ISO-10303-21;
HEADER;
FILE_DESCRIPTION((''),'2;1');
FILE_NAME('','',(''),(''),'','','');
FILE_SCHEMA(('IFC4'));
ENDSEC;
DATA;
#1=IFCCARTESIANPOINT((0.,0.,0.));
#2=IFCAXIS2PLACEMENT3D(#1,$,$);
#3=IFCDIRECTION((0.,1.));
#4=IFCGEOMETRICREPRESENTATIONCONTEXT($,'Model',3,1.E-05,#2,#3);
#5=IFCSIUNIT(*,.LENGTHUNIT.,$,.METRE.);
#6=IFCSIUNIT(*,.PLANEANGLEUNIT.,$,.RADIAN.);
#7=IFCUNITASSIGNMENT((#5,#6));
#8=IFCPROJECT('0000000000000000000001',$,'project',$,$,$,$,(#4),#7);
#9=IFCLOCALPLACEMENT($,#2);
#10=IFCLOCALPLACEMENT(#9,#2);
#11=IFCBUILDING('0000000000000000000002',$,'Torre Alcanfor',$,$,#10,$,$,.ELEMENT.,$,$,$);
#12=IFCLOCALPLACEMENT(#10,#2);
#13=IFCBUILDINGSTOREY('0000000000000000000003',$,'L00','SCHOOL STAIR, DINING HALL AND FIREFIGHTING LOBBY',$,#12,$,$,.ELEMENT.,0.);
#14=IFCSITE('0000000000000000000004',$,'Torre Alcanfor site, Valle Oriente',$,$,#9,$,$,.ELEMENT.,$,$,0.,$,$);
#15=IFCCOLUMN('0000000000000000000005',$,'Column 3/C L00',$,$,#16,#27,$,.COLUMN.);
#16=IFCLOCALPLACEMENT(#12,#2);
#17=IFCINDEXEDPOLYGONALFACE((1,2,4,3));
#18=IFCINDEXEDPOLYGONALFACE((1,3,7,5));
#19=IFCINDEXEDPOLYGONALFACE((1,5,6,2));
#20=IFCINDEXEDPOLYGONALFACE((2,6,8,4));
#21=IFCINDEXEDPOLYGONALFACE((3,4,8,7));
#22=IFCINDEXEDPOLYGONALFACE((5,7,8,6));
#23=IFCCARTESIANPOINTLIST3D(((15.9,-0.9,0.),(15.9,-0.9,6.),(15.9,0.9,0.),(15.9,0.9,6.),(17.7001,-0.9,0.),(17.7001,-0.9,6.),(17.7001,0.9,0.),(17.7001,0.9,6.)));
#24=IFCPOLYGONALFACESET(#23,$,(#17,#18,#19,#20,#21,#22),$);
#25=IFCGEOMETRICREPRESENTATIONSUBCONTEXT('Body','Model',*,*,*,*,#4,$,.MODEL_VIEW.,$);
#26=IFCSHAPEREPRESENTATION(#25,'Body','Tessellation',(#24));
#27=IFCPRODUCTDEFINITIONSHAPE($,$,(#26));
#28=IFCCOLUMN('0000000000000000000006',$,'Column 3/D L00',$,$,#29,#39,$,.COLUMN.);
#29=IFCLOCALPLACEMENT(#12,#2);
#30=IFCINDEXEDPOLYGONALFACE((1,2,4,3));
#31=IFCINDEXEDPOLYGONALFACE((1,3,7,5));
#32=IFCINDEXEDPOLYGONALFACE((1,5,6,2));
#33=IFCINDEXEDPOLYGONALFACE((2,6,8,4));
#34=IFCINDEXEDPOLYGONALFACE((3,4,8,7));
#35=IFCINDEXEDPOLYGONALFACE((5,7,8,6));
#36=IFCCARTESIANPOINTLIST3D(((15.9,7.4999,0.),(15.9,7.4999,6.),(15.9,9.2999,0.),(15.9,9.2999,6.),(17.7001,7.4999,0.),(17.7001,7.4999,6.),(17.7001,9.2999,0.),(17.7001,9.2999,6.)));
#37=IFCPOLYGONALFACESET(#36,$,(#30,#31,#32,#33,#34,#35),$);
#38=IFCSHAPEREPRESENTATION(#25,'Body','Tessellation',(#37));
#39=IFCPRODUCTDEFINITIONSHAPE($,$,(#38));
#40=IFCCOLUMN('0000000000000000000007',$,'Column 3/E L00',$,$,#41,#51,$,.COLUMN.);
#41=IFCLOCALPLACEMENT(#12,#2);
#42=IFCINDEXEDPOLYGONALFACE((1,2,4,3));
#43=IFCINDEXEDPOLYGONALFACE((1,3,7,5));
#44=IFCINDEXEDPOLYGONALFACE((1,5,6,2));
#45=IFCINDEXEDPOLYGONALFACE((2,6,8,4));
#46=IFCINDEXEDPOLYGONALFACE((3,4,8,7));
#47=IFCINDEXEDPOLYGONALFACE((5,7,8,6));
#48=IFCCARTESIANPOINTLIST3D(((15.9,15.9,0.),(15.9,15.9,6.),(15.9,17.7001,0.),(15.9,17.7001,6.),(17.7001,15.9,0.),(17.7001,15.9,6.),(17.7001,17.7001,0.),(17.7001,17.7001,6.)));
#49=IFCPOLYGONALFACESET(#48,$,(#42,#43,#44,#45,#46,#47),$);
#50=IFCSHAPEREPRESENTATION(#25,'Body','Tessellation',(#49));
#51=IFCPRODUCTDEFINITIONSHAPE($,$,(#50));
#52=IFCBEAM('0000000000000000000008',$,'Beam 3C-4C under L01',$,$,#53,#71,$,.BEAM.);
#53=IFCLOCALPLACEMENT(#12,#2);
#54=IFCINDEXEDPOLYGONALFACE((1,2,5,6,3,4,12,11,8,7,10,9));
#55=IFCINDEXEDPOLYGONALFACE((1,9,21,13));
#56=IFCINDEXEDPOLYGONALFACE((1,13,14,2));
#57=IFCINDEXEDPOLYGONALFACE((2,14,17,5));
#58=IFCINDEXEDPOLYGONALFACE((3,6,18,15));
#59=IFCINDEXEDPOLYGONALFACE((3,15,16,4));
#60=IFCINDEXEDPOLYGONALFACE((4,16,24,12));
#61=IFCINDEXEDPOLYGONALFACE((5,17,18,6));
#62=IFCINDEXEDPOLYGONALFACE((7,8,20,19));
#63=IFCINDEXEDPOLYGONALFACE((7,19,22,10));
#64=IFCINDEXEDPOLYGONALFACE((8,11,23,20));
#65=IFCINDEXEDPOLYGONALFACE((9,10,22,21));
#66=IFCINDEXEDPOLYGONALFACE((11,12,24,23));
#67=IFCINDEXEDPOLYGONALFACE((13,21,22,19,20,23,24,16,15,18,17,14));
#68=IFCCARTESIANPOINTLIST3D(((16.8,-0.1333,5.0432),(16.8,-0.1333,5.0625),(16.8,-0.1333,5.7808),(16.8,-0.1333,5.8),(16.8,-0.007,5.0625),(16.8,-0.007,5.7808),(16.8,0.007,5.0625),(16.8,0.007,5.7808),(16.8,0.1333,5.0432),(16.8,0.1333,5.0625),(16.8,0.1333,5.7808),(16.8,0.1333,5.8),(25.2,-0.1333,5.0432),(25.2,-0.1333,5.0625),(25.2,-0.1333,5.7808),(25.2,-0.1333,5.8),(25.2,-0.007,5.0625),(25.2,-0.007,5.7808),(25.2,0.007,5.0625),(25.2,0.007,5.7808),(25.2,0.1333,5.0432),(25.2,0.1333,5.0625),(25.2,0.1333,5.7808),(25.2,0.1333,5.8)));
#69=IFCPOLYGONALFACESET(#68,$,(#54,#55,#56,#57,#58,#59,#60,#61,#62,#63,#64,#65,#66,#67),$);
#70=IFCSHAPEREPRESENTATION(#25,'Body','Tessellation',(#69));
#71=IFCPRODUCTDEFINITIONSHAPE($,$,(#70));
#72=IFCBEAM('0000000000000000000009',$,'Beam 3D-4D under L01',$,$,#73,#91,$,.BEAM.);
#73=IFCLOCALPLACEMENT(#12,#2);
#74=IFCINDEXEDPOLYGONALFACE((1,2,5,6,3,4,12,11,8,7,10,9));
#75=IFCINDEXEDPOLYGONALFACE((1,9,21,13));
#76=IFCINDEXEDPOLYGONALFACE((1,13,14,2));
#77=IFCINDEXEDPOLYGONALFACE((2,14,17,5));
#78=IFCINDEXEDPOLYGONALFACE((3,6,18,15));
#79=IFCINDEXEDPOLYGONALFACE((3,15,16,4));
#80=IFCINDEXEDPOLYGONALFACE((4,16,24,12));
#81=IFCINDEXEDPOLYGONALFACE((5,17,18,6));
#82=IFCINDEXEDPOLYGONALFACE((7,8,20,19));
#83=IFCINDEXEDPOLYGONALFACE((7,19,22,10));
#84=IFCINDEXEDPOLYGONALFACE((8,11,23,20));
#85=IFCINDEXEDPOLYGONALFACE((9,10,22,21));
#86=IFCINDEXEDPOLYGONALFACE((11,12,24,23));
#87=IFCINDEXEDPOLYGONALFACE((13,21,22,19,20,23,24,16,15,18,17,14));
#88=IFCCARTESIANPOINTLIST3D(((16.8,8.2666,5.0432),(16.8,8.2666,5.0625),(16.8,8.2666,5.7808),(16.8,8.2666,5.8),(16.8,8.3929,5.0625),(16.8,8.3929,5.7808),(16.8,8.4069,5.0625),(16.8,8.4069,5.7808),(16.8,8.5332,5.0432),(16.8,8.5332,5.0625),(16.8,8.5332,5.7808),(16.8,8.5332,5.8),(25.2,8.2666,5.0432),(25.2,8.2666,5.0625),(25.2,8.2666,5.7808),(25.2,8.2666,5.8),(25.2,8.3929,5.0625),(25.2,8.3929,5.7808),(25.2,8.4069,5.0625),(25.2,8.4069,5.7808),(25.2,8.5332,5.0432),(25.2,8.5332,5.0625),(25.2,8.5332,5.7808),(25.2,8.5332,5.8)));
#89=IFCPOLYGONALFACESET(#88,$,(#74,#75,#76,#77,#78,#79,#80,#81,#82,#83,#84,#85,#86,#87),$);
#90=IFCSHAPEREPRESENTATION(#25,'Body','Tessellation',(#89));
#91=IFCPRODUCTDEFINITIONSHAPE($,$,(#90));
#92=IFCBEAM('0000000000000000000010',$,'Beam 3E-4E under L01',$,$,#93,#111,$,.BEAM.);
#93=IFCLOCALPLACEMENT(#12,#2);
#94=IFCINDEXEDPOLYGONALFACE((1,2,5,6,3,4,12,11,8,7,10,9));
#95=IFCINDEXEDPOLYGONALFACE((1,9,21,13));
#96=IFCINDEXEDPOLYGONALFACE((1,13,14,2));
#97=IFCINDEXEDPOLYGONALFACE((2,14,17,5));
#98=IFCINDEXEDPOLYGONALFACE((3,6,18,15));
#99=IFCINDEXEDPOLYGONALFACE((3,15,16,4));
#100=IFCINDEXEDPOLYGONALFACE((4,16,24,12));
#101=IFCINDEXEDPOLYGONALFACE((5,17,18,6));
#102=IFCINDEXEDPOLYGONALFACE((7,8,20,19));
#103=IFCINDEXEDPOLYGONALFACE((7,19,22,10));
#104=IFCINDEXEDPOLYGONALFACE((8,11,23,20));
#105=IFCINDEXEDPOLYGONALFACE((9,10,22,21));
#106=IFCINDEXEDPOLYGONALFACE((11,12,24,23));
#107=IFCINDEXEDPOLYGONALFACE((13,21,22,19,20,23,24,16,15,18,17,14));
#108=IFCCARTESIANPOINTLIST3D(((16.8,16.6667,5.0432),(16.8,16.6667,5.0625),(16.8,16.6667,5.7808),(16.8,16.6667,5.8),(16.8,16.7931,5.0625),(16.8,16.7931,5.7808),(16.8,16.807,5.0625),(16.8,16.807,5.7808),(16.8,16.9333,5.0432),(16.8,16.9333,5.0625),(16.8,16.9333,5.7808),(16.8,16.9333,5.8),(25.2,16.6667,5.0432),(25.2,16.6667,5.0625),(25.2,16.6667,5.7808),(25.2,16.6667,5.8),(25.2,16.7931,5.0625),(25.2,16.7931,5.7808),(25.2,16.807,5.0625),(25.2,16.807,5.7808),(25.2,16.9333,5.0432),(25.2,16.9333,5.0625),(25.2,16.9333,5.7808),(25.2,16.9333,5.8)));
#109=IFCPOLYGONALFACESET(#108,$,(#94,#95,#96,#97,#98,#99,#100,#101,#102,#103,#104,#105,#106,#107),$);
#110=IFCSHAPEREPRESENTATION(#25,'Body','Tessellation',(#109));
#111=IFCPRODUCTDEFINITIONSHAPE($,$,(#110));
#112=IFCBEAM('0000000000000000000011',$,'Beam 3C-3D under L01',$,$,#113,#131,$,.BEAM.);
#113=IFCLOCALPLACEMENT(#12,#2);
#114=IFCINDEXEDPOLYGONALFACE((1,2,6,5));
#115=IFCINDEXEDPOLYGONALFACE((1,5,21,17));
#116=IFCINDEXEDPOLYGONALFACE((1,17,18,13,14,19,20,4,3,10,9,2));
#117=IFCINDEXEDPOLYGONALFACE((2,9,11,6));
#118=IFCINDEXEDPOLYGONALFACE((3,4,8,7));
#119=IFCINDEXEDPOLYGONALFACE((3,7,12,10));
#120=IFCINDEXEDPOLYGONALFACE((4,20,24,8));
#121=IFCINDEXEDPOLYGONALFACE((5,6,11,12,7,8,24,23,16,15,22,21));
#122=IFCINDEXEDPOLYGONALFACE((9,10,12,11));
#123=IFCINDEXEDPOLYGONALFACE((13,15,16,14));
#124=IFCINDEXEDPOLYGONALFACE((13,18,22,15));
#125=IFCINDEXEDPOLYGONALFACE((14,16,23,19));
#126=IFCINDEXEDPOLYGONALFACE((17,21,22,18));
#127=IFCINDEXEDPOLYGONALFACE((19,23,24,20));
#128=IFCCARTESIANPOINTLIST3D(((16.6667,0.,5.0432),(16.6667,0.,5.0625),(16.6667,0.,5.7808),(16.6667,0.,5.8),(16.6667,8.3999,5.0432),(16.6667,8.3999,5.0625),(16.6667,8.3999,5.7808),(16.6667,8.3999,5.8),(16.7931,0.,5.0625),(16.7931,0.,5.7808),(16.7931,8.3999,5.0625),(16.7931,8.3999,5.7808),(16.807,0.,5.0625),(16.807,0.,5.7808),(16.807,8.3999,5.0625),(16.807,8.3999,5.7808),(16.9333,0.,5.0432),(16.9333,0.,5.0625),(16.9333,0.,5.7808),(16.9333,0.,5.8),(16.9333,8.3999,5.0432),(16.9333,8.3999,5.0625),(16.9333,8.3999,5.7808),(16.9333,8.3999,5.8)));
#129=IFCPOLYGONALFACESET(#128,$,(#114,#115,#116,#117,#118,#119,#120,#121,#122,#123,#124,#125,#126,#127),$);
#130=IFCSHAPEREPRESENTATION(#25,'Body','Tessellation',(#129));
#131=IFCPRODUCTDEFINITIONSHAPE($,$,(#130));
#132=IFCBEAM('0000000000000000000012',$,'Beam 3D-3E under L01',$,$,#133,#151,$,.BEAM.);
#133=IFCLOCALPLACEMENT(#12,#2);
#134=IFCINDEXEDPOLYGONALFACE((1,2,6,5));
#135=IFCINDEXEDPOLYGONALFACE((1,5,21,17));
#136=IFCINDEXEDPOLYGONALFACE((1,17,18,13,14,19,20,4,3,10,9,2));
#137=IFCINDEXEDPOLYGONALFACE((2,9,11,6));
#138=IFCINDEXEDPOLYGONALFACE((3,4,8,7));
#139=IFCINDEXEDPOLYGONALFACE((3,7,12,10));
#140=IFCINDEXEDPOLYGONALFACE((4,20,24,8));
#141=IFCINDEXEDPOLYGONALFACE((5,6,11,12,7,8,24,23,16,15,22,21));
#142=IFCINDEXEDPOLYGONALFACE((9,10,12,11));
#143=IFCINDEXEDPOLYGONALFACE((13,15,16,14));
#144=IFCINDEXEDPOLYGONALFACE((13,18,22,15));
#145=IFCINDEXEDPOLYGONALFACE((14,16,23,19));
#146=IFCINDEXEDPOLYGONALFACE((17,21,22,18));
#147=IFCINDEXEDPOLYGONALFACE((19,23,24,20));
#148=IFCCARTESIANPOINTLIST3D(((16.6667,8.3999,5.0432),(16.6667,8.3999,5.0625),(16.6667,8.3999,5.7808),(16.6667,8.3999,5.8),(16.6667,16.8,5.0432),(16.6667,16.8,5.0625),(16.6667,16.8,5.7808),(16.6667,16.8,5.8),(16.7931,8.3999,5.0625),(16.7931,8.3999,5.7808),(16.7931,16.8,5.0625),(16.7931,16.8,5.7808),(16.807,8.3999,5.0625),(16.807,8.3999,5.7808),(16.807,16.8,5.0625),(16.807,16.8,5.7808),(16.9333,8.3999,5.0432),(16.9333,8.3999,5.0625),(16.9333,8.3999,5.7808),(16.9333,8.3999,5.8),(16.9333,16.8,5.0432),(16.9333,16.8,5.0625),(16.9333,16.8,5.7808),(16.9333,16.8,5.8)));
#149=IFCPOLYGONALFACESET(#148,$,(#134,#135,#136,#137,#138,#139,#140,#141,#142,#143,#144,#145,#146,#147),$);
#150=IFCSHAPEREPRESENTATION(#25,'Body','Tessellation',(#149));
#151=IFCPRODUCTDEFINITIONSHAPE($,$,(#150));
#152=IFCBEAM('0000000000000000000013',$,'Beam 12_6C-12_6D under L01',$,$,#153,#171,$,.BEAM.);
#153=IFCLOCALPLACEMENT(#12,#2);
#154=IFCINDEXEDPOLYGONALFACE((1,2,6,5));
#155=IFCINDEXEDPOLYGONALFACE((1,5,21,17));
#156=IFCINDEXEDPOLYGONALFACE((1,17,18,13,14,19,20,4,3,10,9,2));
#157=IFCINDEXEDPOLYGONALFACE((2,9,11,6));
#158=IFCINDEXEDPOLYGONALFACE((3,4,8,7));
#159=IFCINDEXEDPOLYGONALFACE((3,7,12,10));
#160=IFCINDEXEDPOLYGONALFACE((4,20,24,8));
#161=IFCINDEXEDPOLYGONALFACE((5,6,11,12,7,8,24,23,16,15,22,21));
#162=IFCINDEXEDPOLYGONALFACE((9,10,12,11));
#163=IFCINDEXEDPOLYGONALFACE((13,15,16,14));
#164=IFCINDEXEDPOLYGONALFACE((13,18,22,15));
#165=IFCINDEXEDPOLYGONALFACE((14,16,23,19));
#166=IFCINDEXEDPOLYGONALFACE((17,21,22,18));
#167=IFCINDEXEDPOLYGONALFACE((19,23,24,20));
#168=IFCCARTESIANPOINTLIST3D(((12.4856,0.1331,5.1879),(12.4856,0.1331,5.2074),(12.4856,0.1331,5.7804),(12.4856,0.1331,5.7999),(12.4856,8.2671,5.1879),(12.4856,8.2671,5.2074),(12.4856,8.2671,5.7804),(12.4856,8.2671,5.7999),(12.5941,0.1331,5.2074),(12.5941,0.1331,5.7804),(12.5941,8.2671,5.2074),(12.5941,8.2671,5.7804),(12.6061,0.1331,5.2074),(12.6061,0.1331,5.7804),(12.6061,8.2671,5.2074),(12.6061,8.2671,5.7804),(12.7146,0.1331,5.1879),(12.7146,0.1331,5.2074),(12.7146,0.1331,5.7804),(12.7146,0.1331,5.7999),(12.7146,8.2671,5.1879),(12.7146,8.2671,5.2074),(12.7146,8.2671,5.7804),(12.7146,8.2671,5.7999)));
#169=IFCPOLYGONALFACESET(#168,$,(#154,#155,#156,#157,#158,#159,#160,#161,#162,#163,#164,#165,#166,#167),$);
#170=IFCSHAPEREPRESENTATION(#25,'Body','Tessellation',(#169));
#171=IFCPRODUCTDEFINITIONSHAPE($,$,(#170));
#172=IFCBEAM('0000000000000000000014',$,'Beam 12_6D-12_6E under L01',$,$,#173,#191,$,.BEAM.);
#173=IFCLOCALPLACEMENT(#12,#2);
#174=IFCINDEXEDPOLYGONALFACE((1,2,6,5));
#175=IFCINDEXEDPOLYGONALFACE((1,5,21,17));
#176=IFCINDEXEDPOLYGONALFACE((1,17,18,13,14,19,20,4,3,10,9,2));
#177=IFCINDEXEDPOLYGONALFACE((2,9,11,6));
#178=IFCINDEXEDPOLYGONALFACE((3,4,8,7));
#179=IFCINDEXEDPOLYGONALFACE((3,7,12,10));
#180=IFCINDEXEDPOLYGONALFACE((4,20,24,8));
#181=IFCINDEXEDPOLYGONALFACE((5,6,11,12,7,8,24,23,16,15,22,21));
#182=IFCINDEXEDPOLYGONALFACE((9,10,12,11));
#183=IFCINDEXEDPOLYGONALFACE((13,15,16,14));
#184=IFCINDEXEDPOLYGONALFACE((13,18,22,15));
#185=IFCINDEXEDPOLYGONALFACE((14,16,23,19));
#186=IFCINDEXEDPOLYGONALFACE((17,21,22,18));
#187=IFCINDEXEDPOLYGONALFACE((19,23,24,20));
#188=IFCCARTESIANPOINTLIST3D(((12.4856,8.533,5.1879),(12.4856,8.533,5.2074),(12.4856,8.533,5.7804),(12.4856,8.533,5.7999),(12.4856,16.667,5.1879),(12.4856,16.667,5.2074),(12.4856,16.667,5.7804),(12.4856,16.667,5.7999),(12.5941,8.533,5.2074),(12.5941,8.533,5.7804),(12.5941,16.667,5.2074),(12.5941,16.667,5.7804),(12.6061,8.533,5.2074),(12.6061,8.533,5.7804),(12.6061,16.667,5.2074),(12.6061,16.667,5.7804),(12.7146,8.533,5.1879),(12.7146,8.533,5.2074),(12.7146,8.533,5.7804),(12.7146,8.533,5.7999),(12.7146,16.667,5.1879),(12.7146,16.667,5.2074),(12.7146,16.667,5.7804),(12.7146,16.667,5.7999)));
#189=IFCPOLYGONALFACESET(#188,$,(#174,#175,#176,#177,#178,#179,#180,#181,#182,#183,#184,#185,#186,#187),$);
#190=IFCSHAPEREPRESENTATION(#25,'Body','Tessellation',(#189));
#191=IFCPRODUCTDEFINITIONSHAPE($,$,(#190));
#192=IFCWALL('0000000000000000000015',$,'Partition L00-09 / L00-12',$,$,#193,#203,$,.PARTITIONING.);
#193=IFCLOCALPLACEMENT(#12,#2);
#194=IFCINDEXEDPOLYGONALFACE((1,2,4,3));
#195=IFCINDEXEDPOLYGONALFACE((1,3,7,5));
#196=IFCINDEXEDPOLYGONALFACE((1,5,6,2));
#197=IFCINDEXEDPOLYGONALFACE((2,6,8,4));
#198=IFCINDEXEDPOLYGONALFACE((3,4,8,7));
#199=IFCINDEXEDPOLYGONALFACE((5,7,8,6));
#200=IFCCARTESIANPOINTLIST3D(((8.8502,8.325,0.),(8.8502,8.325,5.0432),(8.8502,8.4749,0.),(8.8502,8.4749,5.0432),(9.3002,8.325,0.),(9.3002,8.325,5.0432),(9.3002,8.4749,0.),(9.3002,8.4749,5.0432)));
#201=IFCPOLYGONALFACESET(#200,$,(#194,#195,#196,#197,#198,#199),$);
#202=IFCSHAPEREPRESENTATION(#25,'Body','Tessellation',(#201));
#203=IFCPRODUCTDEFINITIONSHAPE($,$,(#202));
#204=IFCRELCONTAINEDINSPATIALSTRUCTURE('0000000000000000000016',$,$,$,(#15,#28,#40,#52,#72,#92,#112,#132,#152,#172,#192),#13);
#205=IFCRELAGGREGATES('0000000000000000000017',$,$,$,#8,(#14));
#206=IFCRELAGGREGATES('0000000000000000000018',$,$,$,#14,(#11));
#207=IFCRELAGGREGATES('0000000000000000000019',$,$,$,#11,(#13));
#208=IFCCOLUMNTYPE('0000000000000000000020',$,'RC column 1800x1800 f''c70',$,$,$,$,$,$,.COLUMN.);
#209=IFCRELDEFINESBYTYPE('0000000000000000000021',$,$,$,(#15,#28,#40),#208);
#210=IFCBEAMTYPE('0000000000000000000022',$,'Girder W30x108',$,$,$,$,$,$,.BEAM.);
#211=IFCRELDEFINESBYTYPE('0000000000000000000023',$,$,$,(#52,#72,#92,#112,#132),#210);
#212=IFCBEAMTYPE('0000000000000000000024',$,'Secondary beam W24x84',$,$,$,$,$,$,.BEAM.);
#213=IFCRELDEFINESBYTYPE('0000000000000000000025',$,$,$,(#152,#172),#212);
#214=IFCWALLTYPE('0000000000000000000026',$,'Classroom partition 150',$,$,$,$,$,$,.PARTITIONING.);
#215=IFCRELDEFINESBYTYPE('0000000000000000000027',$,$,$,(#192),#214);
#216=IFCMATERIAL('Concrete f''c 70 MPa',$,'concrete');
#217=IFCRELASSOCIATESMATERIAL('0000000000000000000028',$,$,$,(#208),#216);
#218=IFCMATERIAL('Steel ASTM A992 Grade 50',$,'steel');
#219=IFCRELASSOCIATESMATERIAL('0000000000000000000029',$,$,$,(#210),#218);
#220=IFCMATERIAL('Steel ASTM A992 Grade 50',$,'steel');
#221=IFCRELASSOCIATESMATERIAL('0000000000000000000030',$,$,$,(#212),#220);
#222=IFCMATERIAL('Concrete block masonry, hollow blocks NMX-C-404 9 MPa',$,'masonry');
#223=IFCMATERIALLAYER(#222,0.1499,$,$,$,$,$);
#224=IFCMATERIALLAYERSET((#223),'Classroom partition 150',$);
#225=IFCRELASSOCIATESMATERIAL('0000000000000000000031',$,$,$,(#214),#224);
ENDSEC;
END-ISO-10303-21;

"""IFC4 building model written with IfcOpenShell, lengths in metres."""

from ifc_helpers import new_model, si_unit, direction, frame, frame_2d, origin, origin_2d, place, context, subcontext, project, spatial, rectangle, i_section, extrude, material, layer, layer_set, material_profile, profile_set, type_object, element, save


model = new_model("IFC4")

# Units and contexts
model_context = context("Model", 3, precision=1e-05, world=origin(), true_north=direction((0.0, 1.0)))
body_context = subcontext(model_context, "Body", "Model", "MODEL_VIEW")
ifc_project = project(units=[si_unit("LENGTHUNIT", "METRE"), si_unit("PLANEANGLEUNIT", "RADIAN")], contexts=[model_context])

# Site, building, storey
site_placement = place(None, origin())
site = spatial("IfcSite", under=ifc_project, at=site_placement, Name="Torre Alcanfor site, Valle Oriente", CompositionType="ELEMENT", RefElevation=0.0)
building_placement = place(site_placement, origin())
building = spatial("IfcBuilding", under=site, at=building_placement, Name="Torre Alcanfor", CompositionType="ELEMENT")
storey_placement = place(building_placement, origin())
storey = spatial("IfcBuildingStorey", under=building, at=storey_placement, Name="L00", Description="SCHOOL STAIR, DINING HALL AND FIREFIGHTING LOBBY", CompositionType="ELEMENT", Elevation=0.0)

# Columns
ifc_material_1 = material(Name="Concrete f'c 70 MPa", Category="concrete")
ifc_material_profile_1 = material_profile(ifc_material_1, rectangle(XDim=1.8, YDim=1.8, at=origin_2d()), Name="1800x1800")
ifc_profile_set_1 = profile_set([ifc_material_profile_1], Name="Concrete f'c 70 MPa")
column_type = type_object("IfcColumnType", Name="RC column 1800x1800 f'c70", PredefinedType="COLUMN", material=ifc_profile_set_1)
for number, where, z_axis, x_axis, name in (
    (1, (16.8, 0.0, 0.0), (0.0, 0.0, 1.0), (1.0, 0.0, 0.0), "Column 3/C L00"),
    (2, (16.8, 8.3999, 0.0), (0.0, 0.0, 1.0), (1.0, 0.0, 0.0), "Column 3/D L00"),
    (3, (16.8, 16.8, 0.0), (0.0, 0.0, 1.0), (1.0, 0.0, 0.0), "Column 3/E L00"),
):
    element("IfcColumn", number, at=place(storey_placement, frame(where, z_axis=z_axis, x_axis=x_axis)), inside=storey, type_object=column_type, Name=name, PredefinedType="COLUMN", context=body_context, shape_type="SweptSolid", body=[
        extrude(rectangle(XDim=1.8, YDim=1.8, at=origin_2d()), origin(), (0.0, 0.0, 1.0), 6.0),
    ])

# Beams
ifc_material_2 = material(Name="Steel ASTM A992 Grade 50", Category="steel")
ifc_material_profile_2 = material_profile(ifc_material_2, i_section(OverallWidth=0.2666, OverallDepth=0.7568, WebThickness=0.0139, FlangeThickness=0.0193, at=origin_2d()), Name="W30x108")
ifc_profile_set_2 = profile_set([ifc_material_profile_2], Name="Steel ASTM A992 Grade 50")
beam_type_1 = type_object("IfcBeamType", Name="Girder W30x108", PredefinedType="BEAM", material=ifc_profile_set_2)
for number, where, z_axis, x_axis, name in (
    (4, (16.8, 0.0, 5.4216), (1.0, 0.0, 0.0), (0.0, 1.0, 0.0), "Beam 3C-4C under L01"),
    (5, (16.8, 8.3999, 5.4216), (1.0, 0.0, 0.0), (0.0, 1.0, 0.0), "Beam 3D-4D under L01"),
    (6, (16.8, 16.8, 5.4216), (1.0, 0.0, 0.0), (0.0, 1.0, 0.0), "Beam 3E-4E under L01"),
    (7, (16.8, 0.0, 5.4216), (0.0, 1.0, 0.0), (-1.0, 0.0, 0.0), "Beam 3C-3D under L01"),
):
    element("IfcBeam", number, at=place(storey_placement, frame(where, z_axis=z_axis, x_axis=x_axis)), inside=storey, type_object=beam_type_1, Name=name, PredefinedType="BEAM", context=body_context, shape_type="SweptSolid", body=[
        extrude(i_section(OverallWidth=0.2666, OverallDepth=0.7568, WebThickness=0.0139, FlangeThickness=0.0193, at=origin_2d()), origin(), (0.0, 0.0, 1.0), 8.3999),
    ])
beam_placement = place(storey_placement, frame((16.8, 8.3999, 5.4216), z_axis=(0.0, 1.0, 0.0), x_axis=(-1.0, 0.0, 0.0)))
element("IfcBeam", 8, at=beam_placement, inside=storey, type_object=beam_type_1, Name="Beam 3D-3E under L01", PredefinedType="BEAM", context=body_context, shape_type="SweptSolid", body=[
    extrude(i_section(OverallWidth=0.2666, OverallDepth=0.7568, WebThickness=0.0139, FlangeThickness=0.0193, at=origin_2d()), origin(), (0.0, 0.0, 1.0), 8.4001),
])
ifc_material_3 = material(Name="Steel ASTM A992 Grade 50", Category="steel")
ifc_material_profile_3 = material_profile(ifc_material_3, i_section(OverallWidth=0.229, OverallDepth=0.6121, WebThickness=0.012, FlangeThickness=0.0195, at=origin_2d()), Name="W24x84")
ifc_profile_set_3 = profile_set([ifc_material_profile_3], Name="Steel ASTM A992 Grade 50")
beam_type_2 = type_object("IfcBeamType", Name="Secondary beam W24x84", PredefinedType="BEAM", material=ifc_profile_set_3)
for number, where, z_axis, x_axis, name in (
    (9, (12.6001, 0.1331, 5.4939), (0.0, 1.0, 0.0), (-1.0, 0.0, 0.0), "Beam 12_6C-12_6D under L01"),
    (10, (12.6001, 8.533, 5.4939), (0.0, 1.0, 0.0), (-1.0, 0.0, 0.0), "Beam 12_6D-12_6E under L01"),
):
    element("IfcBeam", number, at=place(storey_placement, frame(where, z_axis=z_axis, x_axis=x_axis)), inside=storey, type_object=beam_type_2, Name=name, PredefinedType="BEAM", context=body_context, shape_type="SweptSolid", body=[
        extrude(i_section(OverallWidth=0.229, OverallDepth=0.6121, WebThickness=0.012, FlangeThickness=0.0195, at=origin_2d()), origin(), (0.0, 0.0, 1.0), 8.134),
    ])

# Wall
ifc_material_4 = material(Name="Concrete block masonry, hollow blocks NMX-C-404 9 MPa", Category="masonry")
ifc_layer_1 = layer(ifc_material_4, 0.1499)
ifc_layer_set_1 = layer_set([ifc_layer_1], Name="Classroom partition 150")
wall_type_1 = type_object("IfcWallType", Name="Classroom partition 150", PredefinedType="PARTITIONING", material=ifc_layer_set_1)
wall_1_placement = place(storey_placement, frame((8.8501, 8.3999, 0.0), z_axis=(0.0, 0.0, 1.0), x_axis=(1.0, 0.0, 0.0)))
element("IfcWall", 11, at=wall_1_placement, inside=storey, type_object=wall_type_1, Name="Partition L00-09 / L00-12", PredefinedType="PARTITIONING", context=body_context, shape_type="SweptSolid", body=[
    extrude(rectangle(XDim=0.45, YDim=0.1499, at=frame_2d((0.2251, 0.0))), origin(), (0.0, 0.0, 1.0), 5.0432),
])

save(model, "model.ifc")
